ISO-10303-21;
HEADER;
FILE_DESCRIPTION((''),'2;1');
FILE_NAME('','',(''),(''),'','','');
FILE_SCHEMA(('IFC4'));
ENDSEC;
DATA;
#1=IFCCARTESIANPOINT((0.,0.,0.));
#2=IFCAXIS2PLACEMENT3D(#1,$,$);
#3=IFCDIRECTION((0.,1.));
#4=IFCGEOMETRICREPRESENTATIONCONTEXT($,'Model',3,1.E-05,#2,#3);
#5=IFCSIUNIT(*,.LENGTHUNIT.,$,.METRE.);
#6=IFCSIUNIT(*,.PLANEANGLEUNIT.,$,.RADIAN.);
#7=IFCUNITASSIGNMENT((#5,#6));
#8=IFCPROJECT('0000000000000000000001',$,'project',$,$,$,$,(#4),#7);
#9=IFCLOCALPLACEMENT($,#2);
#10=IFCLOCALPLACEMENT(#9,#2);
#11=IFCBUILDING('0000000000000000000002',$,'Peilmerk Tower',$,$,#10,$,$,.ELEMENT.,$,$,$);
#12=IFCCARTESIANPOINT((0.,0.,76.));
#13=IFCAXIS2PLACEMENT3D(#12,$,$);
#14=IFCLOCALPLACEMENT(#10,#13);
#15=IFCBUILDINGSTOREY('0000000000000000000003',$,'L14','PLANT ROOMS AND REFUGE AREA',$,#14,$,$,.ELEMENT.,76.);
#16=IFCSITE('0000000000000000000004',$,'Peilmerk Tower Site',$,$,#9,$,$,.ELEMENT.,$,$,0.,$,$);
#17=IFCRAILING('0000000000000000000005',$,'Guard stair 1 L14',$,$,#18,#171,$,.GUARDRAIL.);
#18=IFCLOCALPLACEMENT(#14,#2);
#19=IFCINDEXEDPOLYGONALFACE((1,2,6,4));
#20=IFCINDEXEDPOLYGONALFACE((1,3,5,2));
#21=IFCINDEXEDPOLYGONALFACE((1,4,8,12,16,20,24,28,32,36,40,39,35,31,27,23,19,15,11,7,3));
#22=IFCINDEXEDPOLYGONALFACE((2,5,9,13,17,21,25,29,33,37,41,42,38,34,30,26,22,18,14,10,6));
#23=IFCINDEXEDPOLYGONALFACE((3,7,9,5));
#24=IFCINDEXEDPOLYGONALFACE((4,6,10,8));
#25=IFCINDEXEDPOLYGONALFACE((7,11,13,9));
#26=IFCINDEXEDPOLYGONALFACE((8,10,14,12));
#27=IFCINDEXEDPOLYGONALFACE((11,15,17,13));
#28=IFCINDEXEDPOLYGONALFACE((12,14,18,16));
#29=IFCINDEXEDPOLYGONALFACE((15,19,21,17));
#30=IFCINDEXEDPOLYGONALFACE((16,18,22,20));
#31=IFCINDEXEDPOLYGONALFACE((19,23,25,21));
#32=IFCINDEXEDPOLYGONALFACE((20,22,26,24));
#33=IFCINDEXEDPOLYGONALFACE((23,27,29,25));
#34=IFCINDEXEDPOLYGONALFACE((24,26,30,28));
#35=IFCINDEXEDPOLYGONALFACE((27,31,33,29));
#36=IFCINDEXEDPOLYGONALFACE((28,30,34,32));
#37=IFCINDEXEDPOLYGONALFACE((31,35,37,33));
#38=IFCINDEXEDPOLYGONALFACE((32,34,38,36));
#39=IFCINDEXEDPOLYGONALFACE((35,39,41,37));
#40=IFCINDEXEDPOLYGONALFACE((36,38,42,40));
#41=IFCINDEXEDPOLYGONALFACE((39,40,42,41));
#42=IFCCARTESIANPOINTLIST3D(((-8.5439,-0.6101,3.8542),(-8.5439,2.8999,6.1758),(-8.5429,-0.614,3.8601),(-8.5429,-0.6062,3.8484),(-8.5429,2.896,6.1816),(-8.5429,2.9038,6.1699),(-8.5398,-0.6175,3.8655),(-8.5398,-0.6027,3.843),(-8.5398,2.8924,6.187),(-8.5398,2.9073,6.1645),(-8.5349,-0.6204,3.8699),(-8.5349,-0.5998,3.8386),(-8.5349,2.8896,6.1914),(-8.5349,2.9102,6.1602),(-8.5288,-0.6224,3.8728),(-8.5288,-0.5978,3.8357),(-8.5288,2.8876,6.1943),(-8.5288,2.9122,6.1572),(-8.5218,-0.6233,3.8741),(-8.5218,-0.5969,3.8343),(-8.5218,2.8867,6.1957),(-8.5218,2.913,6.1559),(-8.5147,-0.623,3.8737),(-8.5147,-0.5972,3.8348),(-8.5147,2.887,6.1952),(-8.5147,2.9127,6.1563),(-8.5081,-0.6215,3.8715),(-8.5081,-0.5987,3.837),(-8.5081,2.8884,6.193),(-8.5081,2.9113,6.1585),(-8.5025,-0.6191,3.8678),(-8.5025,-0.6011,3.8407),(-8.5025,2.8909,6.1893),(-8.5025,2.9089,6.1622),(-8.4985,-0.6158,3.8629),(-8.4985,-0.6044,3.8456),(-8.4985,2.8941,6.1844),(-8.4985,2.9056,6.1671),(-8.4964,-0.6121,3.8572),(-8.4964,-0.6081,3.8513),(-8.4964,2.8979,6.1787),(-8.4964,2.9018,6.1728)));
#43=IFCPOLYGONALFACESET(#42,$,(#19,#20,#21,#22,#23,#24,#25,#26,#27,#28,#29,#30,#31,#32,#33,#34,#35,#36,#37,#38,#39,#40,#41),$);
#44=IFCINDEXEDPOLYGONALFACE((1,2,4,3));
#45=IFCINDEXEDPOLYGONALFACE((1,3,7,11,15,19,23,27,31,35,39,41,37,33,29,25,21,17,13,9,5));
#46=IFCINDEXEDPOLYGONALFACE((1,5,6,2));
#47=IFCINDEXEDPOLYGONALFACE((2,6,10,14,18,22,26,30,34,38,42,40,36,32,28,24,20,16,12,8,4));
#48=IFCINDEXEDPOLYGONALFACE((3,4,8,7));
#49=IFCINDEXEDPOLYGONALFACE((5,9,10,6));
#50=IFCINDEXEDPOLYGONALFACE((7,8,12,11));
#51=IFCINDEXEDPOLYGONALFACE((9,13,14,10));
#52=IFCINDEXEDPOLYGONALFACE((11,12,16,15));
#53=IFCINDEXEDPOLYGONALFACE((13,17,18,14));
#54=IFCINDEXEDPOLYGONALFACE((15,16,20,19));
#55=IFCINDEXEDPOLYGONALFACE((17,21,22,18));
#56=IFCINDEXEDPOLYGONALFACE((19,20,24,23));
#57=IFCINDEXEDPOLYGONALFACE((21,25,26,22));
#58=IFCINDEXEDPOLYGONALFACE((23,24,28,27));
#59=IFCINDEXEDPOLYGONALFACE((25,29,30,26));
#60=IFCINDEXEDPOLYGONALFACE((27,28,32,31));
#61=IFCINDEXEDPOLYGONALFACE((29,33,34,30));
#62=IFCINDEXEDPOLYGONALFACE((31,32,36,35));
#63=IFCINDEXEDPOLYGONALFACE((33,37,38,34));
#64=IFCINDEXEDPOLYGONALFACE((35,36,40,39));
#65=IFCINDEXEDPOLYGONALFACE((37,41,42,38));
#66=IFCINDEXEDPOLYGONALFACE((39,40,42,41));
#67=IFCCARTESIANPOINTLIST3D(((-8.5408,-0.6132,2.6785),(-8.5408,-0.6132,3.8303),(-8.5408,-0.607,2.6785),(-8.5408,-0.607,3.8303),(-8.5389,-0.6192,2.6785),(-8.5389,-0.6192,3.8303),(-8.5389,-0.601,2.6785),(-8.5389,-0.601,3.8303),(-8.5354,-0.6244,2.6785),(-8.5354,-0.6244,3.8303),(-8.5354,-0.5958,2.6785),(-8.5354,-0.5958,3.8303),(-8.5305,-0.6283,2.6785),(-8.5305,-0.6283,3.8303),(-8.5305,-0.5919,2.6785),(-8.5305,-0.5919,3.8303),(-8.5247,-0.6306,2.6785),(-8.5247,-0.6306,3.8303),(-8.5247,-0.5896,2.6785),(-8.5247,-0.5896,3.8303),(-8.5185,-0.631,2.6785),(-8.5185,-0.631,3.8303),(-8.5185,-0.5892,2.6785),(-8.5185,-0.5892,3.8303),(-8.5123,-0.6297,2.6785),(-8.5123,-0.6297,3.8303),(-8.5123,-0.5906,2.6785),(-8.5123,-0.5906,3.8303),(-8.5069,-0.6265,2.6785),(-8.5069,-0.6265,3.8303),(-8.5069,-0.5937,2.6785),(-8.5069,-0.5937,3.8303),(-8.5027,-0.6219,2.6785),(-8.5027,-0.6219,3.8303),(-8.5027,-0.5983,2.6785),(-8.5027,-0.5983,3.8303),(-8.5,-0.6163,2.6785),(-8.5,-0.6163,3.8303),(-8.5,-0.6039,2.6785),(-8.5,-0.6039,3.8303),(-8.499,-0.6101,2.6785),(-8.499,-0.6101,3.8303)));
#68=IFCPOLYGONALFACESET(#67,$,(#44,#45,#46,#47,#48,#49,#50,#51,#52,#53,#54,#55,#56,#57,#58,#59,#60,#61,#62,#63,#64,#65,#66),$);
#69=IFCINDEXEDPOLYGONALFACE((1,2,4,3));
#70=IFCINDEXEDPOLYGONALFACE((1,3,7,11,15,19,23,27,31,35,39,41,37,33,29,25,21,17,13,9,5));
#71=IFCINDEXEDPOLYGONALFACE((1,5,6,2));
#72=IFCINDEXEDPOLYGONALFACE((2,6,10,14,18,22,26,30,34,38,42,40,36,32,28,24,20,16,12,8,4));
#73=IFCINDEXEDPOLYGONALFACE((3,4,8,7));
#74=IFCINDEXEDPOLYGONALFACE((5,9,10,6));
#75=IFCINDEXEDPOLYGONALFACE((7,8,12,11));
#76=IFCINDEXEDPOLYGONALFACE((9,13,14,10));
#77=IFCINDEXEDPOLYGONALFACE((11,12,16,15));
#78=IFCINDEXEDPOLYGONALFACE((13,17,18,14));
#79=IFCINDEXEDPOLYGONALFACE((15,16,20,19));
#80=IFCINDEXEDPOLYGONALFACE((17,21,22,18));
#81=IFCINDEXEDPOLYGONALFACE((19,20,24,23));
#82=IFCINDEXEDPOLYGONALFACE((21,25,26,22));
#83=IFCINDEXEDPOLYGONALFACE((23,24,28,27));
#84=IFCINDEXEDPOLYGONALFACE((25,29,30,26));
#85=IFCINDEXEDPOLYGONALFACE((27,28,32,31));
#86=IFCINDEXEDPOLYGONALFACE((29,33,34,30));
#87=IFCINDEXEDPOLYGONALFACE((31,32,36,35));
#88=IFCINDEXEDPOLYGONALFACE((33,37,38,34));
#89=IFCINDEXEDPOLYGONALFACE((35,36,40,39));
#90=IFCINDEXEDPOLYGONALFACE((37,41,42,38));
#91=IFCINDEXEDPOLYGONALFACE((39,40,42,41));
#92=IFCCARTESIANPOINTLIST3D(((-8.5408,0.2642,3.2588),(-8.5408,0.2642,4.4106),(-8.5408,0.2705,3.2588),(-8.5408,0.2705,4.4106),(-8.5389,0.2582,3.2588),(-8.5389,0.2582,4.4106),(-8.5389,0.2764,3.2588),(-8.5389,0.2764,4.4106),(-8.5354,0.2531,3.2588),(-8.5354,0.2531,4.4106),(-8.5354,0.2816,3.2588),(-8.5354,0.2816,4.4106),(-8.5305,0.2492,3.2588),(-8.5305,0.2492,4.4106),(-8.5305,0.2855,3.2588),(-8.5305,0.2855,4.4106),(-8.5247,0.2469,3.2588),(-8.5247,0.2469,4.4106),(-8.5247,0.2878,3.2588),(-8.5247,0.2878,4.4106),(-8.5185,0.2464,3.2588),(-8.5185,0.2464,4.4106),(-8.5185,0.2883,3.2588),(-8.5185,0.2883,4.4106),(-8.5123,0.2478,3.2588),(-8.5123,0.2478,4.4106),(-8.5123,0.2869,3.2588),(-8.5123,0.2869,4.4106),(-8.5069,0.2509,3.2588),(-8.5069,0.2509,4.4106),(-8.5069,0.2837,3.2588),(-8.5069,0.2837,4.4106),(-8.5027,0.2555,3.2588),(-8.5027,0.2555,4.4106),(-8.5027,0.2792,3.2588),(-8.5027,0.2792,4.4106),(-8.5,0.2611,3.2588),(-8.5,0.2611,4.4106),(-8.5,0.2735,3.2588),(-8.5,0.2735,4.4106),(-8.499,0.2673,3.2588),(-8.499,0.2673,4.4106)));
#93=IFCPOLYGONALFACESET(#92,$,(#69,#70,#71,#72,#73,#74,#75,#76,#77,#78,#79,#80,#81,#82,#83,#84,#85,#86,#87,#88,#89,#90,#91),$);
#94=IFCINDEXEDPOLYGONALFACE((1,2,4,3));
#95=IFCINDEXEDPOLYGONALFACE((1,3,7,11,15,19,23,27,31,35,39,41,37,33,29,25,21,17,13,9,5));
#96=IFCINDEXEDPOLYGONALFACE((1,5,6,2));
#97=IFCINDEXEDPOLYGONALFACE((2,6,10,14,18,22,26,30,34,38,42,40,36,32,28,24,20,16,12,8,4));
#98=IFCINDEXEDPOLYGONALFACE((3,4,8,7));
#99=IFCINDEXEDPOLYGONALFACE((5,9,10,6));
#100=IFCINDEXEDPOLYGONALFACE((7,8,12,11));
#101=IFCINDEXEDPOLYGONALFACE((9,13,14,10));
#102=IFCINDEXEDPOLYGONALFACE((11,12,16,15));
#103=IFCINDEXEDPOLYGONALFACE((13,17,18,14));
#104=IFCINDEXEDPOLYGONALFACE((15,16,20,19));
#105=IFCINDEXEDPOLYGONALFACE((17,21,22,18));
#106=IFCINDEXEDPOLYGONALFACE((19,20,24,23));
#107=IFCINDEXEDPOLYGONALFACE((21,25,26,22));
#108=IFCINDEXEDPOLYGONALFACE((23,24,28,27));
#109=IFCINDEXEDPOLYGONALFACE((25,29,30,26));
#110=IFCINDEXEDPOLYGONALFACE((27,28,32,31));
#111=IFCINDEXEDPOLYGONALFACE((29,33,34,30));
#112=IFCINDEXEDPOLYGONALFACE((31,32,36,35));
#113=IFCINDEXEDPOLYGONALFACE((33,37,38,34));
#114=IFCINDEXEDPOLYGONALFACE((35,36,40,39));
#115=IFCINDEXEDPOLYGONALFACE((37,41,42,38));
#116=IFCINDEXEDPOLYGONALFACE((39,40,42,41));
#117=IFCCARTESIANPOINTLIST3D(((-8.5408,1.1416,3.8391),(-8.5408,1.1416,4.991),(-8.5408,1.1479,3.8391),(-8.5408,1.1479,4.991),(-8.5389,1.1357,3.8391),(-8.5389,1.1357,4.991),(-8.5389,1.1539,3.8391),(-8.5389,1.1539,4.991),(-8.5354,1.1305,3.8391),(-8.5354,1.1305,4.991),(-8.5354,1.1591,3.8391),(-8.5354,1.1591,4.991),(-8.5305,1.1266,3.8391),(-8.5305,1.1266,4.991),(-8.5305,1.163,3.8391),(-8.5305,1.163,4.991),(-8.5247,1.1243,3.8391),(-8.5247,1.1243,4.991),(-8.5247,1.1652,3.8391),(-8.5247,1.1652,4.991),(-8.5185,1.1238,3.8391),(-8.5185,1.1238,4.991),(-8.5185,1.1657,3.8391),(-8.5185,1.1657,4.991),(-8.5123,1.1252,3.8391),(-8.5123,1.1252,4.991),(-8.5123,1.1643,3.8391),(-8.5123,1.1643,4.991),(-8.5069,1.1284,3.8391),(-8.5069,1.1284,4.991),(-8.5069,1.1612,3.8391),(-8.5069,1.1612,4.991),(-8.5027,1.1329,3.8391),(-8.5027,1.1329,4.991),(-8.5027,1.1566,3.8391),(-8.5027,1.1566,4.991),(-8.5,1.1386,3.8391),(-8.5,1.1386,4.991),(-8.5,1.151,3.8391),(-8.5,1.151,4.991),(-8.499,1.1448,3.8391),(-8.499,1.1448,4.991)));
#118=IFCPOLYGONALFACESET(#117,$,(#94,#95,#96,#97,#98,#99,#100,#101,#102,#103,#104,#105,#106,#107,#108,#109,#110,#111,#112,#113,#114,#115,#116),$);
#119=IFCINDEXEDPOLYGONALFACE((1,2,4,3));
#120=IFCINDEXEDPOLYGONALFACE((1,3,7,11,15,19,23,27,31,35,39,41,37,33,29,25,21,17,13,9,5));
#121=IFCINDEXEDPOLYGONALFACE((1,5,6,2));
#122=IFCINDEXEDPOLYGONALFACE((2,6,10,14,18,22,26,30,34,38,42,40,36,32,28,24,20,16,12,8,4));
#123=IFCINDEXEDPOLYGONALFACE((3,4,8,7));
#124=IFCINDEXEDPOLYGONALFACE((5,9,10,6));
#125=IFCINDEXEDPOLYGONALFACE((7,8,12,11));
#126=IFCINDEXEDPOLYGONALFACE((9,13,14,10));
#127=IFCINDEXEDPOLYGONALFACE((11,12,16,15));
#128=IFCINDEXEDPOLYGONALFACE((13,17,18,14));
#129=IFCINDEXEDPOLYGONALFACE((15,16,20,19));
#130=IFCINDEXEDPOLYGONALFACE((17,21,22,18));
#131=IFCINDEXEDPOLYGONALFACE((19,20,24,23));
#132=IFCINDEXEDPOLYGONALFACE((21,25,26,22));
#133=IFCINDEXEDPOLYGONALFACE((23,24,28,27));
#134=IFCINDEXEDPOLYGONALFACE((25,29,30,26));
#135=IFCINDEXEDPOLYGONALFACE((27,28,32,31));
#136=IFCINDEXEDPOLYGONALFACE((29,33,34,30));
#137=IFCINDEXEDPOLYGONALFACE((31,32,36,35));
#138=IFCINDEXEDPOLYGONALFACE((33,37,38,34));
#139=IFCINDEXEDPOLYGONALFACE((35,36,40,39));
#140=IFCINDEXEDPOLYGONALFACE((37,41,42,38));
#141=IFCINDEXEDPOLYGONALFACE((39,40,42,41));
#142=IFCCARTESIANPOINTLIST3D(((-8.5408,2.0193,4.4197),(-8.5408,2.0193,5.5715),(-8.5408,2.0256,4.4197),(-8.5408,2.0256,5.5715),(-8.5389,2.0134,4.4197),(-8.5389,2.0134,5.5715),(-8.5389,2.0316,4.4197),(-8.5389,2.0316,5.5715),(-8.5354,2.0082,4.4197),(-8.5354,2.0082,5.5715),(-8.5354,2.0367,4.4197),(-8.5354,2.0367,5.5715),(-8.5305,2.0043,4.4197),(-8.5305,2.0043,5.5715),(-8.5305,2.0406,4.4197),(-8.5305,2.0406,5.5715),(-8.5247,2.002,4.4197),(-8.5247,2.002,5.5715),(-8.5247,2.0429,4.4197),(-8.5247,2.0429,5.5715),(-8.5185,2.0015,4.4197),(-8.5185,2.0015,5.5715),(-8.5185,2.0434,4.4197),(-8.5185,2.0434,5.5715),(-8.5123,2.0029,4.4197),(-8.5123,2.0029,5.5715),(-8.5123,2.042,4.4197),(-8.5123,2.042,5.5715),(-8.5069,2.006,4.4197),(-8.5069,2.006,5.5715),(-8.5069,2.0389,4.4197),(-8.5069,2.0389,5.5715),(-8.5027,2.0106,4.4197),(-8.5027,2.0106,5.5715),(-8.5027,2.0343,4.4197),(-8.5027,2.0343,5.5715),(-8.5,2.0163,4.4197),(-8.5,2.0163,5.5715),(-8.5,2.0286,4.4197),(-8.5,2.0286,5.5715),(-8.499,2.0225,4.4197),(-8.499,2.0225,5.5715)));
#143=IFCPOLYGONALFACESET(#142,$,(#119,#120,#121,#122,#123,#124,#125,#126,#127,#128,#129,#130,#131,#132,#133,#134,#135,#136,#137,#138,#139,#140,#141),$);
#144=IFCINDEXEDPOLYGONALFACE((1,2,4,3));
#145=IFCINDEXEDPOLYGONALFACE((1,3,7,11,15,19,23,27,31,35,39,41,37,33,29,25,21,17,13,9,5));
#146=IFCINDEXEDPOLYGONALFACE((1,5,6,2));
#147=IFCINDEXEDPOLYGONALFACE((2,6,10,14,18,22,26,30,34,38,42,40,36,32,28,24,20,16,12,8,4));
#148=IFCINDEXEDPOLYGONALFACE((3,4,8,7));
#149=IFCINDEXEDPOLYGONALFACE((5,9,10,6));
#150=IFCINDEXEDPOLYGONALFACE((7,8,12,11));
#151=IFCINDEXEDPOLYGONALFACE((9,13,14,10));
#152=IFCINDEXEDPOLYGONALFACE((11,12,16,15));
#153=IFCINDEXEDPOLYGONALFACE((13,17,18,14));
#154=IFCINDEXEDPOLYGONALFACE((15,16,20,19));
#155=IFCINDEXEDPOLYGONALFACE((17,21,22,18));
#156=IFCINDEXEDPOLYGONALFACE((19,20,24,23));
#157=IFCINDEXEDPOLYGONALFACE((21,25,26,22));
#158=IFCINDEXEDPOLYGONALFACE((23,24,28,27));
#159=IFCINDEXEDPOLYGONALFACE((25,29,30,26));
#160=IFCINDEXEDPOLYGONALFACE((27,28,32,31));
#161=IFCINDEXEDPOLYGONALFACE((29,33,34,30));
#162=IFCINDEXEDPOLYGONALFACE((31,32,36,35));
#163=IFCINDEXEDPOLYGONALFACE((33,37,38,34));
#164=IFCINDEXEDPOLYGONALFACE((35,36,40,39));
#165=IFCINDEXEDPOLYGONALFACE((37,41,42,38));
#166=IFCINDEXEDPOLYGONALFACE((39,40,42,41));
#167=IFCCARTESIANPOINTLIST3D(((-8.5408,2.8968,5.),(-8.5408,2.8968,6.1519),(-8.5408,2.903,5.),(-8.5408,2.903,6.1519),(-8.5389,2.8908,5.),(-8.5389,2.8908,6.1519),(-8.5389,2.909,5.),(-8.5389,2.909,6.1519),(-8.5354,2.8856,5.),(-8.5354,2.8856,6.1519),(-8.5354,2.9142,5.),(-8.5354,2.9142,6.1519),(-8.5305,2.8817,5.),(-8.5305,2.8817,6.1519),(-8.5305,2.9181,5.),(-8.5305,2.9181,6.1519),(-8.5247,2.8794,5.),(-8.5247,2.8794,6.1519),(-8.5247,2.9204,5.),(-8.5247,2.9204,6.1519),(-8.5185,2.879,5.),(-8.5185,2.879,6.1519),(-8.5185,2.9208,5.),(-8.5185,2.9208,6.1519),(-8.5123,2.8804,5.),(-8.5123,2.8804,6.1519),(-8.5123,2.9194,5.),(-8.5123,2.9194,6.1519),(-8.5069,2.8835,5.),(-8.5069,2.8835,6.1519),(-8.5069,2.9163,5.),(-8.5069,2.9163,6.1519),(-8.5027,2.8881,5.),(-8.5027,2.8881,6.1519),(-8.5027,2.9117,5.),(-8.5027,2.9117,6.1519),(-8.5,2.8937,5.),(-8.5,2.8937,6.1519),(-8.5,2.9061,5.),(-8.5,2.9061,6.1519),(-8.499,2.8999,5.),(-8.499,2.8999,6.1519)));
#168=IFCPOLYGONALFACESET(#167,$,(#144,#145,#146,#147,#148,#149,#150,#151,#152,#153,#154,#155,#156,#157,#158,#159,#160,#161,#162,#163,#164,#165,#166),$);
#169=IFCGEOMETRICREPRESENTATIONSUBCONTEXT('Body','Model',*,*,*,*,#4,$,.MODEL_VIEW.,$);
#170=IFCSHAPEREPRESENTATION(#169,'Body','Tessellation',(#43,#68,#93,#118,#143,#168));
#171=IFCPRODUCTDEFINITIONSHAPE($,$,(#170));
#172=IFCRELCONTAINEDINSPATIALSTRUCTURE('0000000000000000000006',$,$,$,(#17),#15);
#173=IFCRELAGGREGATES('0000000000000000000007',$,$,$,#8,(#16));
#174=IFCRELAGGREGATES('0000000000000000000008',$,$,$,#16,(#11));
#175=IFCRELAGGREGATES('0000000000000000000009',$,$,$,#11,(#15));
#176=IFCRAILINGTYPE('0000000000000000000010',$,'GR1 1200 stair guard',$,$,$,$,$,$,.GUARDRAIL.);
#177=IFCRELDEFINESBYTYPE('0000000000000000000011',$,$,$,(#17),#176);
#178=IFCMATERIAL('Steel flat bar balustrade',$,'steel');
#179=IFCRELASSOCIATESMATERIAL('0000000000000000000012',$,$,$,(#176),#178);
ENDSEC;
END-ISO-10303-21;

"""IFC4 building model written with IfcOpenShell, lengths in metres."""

from ifc_helpers import new_model, si_unit, direction, frame, origin, origin_2d, place, context, subcontext, project, spatial, circle, extrude, material, type_object, element, save


model = new_model("IFC4")

# Units and contexts
model_context = context("Model", 3, precision=1e-05, world=origin(), true_north=direction((0.0, 1.0)))
body_context = subcontext(model_context, "Body", "Model", "MODEL_VIEW")
ifc_project = project(units=[si_unit("LENGTHUNIT", "METRE"), si_unit("PLANEANGLEUNIT", "RADIAN")], contexts=[model_context])

# Site, building, storey
site_placement = place(None, origin())
site = spatial("IfcSite", under=ifc_project, at=site_placement, Name="Peilmerk Tower Site", CompositionType="ELEMENT", RefElevation=0.0)
building_placement = place(site_placement, origin())
building = spatial("IfcBuilding", under=site, at=building_placement, Name="Peilmerk Tower", CompositionType="ELEMENT")
storey_placement = place(building_placement, frame((0.0, 0.0, 76.0)))
storey = spatial("IfcBuildingStorey", under=building, at=storey_placement, Name="L14", Description="PLANT ROOMS AND REFUGE AREA", CompositionType="ELEMENT", Elevation=76.0)

# Railing
ifc_material_1 = material(Name="Steel flat bar balustrade", Category="steel")
railing_type_1 = type_object("IfcRailingType", Name="GR1 1200 stair guard", PredefinedType="GUARDRAIL", material=ifc_material_1)
railing_1_placement = place(storey_placement, frame((-8.52, -0.6101, 2.6785)))
element("IfcRailing", 1, at=railing_1_placement, inside=storey, type_object=railing_type_1, Name="Guard stair 1 L14", PredefinedType="GUARDRAIL", context=body_context, shape_type="SweptSolid", body=[
    extrude(circle(Radius=0.0239, at=origin_2d()), frame((0.0, 0.0, 1.1758), z_axis=(0.0, 0.834071, 0.551657), x_axis=(-1.0, 0.0, 0.0)), (0.0, 0.0, 1.0), 4.2083),
    extrude(circle(Radius=0.021, at=origin_2d()), origin(), (0.0, 0.0, 1.0), 1.1519),
    extrude(circle(Radius=0.021, at=origin_2d()), frame((0.0, 0.8774, 0.5803)), (0.0, 0.0, 1.0), 1.1519),
    extrude(circle(Radius=0.021, at=origin_2d()), frame((0.0, 1.7549, 1.1606)), (0.0, 0.0, 1.0), 1.1519),
    extrude(circle(Radius=0.021, at=origin_2d()), frame((0.0, 2.6326, 1.7412)), (0.0, 0.0, 1.0), 1.1519),
    extrude(circle(Radius=0.021, at=origin_2d()), frame((0.0, 3.51, 2.3215)), (0.0, 0.0, 1.0), 1.1519),
])

save(model, "model.ifc")
